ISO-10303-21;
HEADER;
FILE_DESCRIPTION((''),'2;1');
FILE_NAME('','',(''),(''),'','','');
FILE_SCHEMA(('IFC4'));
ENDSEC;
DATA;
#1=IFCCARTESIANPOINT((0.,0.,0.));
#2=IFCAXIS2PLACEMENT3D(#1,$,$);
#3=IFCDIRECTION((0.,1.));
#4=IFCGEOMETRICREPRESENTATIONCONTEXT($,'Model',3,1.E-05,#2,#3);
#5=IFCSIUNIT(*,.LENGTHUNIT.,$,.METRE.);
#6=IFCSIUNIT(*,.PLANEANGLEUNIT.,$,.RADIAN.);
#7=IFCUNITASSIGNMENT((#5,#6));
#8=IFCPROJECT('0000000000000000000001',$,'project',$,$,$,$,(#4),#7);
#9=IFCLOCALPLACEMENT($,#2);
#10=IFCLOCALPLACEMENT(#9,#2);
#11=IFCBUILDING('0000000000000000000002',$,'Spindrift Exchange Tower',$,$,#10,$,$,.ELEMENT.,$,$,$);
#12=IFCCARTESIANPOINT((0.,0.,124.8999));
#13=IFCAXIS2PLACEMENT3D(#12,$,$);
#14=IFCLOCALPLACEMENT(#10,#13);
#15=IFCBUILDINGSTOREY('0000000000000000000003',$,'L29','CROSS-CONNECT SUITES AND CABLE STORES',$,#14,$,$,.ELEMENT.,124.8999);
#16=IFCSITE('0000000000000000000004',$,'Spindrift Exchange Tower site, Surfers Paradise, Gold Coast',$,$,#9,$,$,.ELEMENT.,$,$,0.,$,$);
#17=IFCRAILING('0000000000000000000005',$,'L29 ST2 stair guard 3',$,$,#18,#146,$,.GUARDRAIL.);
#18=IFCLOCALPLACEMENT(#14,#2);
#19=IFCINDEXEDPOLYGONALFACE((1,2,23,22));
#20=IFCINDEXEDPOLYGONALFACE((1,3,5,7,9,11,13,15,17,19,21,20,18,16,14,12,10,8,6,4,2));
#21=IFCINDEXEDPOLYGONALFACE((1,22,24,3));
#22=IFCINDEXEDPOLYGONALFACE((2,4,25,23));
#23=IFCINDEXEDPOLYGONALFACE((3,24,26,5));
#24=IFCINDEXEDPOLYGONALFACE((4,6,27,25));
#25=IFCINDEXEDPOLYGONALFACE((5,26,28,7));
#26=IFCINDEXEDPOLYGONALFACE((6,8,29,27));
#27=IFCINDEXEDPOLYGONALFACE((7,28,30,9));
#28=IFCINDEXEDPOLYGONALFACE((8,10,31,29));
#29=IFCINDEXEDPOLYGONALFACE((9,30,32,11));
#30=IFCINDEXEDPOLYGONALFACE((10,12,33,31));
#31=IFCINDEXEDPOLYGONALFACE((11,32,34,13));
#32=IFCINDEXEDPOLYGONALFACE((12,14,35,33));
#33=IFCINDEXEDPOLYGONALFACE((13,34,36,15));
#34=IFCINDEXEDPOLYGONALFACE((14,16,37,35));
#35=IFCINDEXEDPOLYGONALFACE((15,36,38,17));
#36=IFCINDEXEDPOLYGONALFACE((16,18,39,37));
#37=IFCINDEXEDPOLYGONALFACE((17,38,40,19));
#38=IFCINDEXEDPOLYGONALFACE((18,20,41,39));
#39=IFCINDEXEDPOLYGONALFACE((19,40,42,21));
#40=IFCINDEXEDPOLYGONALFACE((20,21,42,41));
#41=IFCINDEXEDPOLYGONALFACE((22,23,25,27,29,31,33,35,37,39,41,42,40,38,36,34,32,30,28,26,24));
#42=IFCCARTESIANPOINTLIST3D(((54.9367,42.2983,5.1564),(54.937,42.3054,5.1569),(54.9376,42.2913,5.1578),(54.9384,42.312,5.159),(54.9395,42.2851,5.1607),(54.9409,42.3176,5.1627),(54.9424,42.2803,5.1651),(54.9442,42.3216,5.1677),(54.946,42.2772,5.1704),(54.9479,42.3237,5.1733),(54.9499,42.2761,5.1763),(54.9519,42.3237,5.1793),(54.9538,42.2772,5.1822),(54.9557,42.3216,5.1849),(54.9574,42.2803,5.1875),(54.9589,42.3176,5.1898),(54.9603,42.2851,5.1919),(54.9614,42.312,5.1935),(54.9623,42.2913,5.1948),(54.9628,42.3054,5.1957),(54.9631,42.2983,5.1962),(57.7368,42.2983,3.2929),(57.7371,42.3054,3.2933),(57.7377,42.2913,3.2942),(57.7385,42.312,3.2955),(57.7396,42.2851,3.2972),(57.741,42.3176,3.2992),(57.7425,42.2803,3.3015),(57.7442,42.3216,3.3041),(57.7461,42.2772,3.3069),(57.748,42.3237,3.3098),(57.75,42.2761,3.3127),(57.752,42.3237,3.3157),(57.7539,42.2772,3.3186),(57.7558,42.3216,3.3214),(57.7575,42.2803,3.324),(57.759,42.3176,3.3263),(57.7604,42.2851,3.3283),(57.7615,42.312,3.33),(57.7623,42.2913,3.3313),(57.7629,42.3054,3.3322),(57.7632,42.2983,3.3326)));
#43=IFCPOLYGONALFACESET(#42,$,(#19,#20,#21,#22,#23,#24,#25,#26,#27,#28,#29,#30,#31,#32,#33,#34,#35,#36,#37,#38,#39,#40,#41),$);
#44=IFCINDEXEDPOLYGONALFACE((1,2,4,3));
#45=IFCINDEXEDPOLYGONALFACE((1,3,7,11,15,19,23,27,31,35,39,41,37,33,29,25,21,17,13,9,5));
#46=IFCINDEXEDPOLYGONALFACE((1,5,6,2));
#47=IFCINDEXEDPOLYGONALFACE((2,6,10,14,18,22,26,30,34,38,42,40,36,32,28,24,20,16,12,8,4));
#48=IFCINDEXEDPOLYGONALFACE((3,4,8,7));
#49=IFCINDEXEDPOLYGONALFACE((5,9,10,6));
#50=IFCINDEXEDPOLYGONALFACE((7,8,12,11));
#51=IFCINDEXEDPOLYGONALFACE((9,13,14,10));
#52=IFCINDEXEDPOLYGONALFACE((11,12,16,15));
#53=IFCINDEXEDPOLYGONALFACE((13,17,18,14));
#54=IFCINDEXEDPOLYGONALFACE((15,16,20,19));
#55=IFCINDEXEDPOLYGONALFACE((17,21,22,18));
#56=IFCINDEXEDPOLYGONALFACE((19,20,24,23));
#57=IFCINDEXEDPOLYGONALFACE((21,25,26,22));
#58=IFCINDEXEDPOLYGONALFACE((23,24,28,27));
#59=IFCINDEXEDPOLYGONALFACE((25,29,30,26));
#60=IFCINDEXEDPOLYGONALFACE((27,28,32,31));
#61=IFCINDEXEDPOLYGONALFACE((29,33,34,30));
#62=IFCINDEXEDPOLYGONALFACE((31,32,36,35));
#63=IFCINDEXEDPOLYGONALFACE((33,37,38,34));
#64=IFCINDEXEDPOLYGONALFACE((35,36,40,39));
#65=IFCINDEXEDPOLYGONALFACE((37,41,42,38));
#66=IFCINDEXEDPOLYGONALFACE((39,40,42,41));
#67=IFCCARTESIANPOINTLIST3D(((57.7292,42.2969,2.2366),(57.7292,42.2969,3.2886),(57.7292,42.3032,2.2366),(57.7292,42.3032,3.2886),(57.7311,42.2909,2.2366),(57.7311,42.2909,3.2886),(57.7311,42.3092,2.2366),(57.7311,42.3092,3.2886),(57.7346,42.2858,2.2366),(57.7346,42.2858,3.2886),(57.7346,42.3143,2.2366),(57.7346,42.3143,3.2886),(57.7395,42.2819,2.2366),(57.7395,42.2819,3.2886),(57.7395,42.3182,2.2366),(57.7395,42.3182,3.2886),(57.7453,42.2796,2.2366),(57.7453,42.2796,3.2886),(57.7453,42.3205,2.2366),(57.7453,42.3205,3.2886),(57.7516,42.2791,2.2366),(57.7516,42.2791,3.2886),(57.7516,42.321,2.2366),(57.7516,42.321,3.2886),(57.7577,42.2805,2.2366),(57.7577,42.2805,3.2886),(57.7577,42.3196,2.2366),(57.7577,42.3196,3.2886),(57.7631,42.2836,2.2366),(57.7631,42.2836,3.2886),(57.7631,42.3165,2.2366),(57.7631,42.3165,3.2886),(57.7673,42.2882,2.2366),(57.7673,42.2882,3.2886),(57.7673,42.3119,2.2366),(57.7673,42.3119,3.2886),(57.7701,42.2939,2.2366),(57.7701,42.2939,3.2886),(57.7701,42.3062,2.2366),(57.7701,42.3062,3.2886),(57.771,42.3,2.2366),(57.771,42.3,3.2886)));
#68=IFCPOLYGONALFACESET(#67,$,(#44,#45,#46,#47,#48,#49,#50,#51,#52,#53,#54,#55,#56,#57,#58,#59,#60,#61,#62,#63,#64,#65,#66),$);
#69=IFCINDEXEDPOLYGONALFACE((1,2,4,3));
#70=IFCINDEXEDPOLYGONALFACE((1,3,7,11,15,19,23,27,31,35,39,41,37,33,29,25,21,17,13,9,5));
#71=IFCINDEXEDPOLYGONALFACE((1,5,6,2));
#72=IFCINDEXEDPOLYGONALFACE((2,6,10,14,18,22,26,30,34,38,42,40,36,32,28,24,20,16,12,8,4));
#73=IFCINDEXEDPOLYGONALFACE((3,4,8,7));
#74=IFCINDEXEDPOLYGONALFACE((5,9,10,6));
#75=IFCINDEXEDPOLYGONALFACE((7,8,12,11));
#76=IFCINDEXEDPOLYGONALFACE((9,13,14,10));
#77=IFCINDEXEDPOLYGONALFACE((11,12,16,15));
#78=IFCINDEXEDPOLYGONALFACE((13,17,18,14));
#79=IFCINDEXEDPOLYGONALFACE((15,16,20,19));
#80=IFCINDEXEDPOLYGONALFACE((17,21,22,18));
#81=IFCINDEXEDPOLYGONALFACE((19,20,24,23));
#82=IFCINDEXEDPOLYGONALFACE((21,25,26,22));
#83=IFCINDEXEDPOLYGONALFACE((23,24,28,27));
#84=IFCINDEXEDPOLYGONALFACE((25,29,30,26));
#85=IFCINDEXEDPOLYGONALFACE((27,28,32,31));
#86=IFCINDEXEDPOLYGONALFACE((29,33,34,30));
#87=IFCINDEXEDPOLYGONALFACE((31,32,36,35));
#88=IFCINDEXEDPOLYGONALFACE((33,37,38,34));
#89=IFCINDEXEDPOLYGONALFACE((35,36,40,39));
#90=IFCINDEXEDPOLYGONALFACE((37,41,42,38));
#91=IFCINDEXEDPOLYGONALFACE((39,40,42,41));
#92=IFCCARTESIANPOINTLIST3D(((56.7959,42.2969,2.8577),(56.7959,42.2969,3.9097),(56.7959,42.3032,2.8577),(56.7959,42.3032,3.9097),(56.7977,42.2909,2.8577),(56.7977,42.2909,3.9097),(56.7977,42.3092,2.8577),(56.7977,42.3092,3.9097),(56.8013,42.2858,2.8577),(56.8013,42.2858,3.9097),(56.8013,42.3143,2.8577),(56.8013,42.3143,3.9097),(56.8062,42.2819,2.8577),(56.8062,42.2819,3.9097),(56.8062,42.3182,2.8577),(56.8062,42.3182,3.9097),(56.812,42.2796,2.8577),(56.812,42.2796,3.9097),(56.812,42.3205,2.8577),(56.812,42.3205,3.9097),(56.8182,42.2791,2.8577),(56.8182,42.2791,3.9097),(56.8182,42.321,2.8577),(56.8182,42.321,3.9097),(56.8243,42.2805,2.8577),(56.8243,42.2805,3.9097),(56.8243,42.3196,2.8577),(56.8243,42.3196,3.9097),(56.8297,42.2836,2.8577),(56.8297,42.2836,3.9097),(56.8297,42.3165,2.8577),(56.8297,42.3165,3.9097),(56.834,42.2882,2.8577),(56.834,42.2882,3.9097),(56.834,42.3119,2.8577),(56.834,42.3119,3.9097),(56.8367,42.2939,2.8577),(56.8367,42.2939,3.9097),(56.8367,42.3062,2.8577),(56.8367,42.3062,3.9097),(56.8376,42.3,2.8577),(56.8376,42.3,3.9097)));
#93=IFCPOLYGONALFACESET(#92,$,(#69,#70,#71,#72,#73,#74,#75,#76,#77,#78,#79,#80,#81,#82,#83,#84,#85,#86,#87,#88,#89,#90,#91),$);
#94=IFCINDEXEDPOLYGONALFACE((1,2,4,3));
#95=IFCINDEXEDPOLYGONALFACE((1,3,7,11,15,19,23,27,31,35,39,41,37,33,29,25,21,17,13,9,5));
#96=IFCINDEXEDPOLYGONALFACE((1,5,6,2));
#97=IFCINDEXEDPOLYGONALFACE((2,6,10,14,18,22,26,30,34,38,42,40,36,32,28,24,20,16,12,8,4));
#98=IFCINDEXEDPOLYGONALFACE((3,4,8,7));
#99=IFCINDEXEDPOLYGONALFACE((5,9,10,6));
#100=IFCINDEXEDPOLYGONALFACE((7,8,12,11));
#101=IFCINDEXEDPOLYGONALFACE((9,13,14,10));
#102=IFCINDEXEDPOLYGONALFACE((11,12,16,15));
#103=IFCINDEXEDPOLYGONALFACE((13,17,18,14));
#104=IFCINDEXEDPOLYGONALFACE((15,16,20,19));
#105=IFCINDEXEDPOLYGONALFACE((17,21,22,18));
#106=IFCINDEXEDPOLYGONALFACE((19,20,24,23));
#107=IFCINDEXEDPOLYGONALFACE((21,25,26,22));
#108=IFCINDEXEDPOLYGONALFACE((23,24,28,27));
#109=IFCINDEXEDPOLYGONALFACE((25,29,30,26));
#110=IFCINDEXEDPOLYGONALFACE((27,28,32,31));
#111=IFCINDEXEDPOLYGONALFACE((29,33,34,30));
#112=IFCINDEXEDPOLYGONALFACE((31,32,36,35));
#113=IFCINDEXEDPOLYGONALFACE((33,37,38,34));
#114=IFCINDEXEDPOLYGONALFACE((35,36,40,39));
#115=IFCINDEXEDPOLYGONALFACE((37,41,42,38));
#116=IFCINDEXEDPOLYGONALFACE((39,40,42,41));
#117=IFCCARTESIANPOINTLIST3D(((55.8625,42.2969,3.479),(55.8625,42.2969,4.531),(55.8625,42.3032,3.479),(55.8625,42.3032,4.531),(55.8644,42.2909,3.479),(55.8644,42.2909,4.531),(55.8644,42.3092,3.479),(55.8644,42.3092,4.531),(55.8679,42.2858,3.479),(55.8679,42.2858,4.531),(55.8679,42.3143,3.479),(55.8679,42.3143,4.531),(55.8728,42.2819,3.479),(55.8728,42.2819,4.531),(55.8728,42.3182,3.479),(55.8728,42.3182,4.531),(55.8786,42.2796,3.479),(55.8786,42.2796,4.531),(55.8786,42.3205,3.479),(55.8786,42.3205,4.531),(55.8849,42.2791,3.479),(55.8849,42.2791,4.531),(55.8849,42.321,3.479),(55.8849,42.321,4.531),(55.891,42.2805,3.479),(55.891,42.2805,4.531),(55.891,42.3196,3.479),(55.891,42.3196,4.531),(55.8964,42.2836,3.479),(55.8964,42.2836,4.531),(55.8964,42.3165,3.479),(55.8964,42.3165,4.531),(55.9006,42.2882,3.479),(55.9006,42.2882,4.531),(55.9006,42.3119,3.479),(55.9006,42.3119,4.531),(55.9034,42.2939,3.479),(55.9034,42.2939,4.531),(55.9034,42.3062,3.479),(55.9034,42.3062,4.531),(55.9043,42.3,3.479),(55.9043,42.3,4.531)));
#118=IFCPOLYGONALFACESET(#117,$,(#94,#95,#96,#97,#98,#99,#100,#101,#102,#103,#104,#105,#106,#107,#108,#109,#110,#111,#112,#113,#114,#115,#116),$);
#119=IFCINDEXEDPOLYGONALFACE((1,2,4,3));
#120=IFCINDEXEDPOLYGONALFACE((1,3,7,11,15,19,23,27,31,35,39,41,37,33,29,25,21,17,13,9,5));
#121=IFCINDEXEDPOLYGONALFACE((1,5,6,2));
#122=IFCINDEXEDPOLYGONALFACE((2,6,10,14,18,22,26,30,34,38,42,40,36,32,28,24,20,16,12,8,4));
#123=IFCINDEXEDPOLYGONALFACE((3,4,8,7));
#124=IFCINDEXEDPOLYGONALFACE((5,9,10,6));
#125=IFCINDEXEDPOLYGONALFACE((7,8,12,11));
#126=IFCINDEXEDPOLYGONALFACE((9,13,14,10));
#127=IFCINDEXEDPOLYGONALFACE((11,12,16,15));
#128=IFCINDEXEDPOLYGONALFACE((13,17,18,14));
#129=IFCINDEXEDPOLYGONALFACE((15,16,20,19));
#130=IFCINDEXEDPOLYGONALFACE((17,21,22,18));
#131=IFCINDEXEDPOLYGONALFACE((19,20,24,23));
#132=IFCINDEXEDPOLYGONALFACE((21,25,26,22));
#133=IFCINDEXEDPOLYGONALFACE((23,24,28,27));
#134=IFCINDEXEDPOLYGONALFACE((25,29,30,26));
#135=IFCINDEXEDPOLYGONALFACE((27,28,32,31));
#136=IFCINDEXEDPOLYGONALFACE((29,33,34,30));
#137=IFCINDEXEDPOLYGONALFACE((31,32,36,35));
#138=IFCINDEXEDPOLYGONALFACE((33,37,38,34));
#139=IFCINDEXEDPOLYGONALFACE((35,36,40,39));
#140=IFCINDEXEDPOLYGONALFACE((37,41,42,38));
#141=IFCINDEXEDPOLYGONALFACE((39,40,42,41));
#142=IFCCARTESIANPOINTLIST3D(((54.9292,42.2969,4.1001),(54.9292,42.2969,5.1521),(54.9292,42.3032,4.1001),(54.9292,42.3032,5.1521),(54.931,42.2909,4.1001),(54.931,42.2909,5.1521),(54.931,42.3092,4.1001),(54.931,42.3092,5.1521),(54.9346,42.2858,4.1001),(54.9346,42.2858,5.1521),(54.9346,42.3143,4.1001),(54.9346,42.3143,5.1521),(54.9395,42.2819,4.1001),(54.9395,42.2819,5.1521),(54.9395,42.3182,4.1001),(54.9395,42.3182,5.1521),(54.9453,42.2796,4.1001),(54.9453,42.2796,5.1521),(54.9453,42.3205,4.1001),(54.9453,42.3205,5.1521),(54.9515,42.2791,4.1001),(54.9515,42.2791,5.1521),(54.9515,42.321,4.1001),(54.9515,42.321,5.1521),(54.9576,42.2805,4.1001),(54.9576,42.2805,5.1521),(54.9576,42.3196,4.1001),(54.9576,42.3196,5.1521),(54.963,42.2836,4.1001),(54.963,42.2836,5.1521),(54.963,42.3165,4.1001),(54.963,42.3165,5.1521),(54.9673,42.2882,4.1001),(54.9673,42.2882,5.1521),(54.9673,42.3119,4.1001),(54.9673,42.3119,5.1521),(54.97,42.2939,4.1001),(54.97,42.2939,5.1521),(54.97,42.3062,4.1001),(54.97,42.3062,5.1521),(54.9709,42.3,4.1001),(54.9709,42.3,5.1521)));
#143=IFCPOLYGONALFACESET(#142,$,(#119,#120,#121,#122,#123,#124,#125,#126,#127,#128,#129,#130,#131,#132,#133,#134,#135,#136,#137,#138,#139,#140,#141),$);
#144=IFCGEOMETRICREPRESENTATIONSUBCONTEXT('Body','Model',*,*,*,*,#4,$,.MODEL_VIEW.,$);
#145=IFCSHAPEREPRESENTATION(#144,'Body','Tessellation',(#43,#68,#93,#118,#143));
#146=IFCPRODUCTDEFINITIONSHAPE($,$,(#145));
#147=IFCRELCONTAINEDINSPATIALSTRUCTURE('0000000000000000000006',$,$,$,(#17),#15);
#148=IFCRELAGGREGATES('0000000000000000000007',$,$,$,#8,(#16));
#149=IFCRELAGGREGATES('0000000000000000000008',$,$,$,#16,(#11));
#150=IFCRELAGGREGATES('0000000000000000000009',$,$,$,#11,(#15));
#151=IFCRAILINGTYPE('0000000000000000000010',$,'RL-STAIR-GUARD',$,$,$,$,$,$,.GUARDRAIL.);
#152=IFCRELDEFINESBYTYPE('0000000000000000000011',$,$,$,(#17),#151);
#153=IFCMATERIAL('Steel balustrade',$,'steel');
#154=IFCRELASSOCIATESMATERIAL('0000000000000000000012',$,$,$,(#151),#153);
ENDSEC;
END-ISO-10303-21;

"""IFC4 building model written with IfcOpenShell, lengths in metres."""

from ifc_helpers import new_model, si_unit, direction, frame, origin, origin_2d, place, context, subcontext, project, spatial, circle, extrude, material, type_object, element, save


model = new_model("IFC4")

# Units and contexts
model_context = context("Model", 3, precision=1e-05, world=origin(), true_north=direction((0.0, 1.0)))
body_context = subcontext(model_context, "Body", "Model", "MODEL_VIEW")
ifc_project = project(units=[si_unit("LENGTHUNIT", "METRE"), si_unit("PLANEANGLEUNIT", "RADIAN")], contexts=[model_context])

# Site, building, storey
site_placement = place(None, origin())
site = spatial("IfcSite", under=ifc_project, at=site_placement, Name="Spindrift Exchange Tower site, Surfers Paradise, Gold Coast", CompositionType="ELEMENT", RefElevation=0.0)
building_placement = place(site_placement, origin())
building = spatial("IfcBuilding", under=site, at=building_placement, Name="Spindrift Exchange Tower", CompositionType="ELEMENT")
storey_placement = place(building_placement, frame((0.0, 0.0, 124.8999)))
storey = spatial("IfcBuildingStorey", under=building, at=storey_placement, Name="L29", Description="CROSS-CONNECT SUITES AND CABLE STORES", CompositionType="ELEMENT", Elevation=124.8999)

# Railing
ifc_material_1 = material(Name="Steel balustrade", Category="steel")
railing_type_1 = type_object("IfcRailingType", Name="RL-STAIR-GUARD", PredefinedType="GUARDRAIL", material=ifc_material_1)
railing_1_placement = place(storey_placement, frame((57.75, 42.3, 2.2366)))
element("IfcRailing", 1, at=railing_1_placement, inside=storey, type_object=railing_type_1, Name="L29 ST2 stair guard 3", PredefinedType="GUARDRAIL", context=body_context, shape_type="SweptSolid", body=[
    extrude(circle(Radius=0.0239, at=origin_2d()), frame((0.0, 0.0, 1.0762), z_axis=(-0.832486, 0.0, 0.554047), x_axis=(0.0, -1.0, 0.0)), (0.0, 0.0, 1.0), 3.3635),
    extrude(circle(Radius=0.021, at=origin_2d()), origin(), (0.0, 0.0, 1.0), 1.052),
    extrude(circle(Radius=0.021, at=origin_2d()), frame((-0.9333, 0.0, 0.6211)), (0.0, 0.0, 1.0), 1.052),
    extrude(circle(Radius=0.021, at=origin_2d()), frame((-1.8667, 0.0, 1.2424)), (0.0, 0.0, 1.0), 1.052),
    extrude(circle(Radius=0.021, at=origin_2d()), frame((-2.8, 0.0, 1.8635)), (0.0, 0.0, 1.0), 1.052),
])

save(model, "model.ifc")
